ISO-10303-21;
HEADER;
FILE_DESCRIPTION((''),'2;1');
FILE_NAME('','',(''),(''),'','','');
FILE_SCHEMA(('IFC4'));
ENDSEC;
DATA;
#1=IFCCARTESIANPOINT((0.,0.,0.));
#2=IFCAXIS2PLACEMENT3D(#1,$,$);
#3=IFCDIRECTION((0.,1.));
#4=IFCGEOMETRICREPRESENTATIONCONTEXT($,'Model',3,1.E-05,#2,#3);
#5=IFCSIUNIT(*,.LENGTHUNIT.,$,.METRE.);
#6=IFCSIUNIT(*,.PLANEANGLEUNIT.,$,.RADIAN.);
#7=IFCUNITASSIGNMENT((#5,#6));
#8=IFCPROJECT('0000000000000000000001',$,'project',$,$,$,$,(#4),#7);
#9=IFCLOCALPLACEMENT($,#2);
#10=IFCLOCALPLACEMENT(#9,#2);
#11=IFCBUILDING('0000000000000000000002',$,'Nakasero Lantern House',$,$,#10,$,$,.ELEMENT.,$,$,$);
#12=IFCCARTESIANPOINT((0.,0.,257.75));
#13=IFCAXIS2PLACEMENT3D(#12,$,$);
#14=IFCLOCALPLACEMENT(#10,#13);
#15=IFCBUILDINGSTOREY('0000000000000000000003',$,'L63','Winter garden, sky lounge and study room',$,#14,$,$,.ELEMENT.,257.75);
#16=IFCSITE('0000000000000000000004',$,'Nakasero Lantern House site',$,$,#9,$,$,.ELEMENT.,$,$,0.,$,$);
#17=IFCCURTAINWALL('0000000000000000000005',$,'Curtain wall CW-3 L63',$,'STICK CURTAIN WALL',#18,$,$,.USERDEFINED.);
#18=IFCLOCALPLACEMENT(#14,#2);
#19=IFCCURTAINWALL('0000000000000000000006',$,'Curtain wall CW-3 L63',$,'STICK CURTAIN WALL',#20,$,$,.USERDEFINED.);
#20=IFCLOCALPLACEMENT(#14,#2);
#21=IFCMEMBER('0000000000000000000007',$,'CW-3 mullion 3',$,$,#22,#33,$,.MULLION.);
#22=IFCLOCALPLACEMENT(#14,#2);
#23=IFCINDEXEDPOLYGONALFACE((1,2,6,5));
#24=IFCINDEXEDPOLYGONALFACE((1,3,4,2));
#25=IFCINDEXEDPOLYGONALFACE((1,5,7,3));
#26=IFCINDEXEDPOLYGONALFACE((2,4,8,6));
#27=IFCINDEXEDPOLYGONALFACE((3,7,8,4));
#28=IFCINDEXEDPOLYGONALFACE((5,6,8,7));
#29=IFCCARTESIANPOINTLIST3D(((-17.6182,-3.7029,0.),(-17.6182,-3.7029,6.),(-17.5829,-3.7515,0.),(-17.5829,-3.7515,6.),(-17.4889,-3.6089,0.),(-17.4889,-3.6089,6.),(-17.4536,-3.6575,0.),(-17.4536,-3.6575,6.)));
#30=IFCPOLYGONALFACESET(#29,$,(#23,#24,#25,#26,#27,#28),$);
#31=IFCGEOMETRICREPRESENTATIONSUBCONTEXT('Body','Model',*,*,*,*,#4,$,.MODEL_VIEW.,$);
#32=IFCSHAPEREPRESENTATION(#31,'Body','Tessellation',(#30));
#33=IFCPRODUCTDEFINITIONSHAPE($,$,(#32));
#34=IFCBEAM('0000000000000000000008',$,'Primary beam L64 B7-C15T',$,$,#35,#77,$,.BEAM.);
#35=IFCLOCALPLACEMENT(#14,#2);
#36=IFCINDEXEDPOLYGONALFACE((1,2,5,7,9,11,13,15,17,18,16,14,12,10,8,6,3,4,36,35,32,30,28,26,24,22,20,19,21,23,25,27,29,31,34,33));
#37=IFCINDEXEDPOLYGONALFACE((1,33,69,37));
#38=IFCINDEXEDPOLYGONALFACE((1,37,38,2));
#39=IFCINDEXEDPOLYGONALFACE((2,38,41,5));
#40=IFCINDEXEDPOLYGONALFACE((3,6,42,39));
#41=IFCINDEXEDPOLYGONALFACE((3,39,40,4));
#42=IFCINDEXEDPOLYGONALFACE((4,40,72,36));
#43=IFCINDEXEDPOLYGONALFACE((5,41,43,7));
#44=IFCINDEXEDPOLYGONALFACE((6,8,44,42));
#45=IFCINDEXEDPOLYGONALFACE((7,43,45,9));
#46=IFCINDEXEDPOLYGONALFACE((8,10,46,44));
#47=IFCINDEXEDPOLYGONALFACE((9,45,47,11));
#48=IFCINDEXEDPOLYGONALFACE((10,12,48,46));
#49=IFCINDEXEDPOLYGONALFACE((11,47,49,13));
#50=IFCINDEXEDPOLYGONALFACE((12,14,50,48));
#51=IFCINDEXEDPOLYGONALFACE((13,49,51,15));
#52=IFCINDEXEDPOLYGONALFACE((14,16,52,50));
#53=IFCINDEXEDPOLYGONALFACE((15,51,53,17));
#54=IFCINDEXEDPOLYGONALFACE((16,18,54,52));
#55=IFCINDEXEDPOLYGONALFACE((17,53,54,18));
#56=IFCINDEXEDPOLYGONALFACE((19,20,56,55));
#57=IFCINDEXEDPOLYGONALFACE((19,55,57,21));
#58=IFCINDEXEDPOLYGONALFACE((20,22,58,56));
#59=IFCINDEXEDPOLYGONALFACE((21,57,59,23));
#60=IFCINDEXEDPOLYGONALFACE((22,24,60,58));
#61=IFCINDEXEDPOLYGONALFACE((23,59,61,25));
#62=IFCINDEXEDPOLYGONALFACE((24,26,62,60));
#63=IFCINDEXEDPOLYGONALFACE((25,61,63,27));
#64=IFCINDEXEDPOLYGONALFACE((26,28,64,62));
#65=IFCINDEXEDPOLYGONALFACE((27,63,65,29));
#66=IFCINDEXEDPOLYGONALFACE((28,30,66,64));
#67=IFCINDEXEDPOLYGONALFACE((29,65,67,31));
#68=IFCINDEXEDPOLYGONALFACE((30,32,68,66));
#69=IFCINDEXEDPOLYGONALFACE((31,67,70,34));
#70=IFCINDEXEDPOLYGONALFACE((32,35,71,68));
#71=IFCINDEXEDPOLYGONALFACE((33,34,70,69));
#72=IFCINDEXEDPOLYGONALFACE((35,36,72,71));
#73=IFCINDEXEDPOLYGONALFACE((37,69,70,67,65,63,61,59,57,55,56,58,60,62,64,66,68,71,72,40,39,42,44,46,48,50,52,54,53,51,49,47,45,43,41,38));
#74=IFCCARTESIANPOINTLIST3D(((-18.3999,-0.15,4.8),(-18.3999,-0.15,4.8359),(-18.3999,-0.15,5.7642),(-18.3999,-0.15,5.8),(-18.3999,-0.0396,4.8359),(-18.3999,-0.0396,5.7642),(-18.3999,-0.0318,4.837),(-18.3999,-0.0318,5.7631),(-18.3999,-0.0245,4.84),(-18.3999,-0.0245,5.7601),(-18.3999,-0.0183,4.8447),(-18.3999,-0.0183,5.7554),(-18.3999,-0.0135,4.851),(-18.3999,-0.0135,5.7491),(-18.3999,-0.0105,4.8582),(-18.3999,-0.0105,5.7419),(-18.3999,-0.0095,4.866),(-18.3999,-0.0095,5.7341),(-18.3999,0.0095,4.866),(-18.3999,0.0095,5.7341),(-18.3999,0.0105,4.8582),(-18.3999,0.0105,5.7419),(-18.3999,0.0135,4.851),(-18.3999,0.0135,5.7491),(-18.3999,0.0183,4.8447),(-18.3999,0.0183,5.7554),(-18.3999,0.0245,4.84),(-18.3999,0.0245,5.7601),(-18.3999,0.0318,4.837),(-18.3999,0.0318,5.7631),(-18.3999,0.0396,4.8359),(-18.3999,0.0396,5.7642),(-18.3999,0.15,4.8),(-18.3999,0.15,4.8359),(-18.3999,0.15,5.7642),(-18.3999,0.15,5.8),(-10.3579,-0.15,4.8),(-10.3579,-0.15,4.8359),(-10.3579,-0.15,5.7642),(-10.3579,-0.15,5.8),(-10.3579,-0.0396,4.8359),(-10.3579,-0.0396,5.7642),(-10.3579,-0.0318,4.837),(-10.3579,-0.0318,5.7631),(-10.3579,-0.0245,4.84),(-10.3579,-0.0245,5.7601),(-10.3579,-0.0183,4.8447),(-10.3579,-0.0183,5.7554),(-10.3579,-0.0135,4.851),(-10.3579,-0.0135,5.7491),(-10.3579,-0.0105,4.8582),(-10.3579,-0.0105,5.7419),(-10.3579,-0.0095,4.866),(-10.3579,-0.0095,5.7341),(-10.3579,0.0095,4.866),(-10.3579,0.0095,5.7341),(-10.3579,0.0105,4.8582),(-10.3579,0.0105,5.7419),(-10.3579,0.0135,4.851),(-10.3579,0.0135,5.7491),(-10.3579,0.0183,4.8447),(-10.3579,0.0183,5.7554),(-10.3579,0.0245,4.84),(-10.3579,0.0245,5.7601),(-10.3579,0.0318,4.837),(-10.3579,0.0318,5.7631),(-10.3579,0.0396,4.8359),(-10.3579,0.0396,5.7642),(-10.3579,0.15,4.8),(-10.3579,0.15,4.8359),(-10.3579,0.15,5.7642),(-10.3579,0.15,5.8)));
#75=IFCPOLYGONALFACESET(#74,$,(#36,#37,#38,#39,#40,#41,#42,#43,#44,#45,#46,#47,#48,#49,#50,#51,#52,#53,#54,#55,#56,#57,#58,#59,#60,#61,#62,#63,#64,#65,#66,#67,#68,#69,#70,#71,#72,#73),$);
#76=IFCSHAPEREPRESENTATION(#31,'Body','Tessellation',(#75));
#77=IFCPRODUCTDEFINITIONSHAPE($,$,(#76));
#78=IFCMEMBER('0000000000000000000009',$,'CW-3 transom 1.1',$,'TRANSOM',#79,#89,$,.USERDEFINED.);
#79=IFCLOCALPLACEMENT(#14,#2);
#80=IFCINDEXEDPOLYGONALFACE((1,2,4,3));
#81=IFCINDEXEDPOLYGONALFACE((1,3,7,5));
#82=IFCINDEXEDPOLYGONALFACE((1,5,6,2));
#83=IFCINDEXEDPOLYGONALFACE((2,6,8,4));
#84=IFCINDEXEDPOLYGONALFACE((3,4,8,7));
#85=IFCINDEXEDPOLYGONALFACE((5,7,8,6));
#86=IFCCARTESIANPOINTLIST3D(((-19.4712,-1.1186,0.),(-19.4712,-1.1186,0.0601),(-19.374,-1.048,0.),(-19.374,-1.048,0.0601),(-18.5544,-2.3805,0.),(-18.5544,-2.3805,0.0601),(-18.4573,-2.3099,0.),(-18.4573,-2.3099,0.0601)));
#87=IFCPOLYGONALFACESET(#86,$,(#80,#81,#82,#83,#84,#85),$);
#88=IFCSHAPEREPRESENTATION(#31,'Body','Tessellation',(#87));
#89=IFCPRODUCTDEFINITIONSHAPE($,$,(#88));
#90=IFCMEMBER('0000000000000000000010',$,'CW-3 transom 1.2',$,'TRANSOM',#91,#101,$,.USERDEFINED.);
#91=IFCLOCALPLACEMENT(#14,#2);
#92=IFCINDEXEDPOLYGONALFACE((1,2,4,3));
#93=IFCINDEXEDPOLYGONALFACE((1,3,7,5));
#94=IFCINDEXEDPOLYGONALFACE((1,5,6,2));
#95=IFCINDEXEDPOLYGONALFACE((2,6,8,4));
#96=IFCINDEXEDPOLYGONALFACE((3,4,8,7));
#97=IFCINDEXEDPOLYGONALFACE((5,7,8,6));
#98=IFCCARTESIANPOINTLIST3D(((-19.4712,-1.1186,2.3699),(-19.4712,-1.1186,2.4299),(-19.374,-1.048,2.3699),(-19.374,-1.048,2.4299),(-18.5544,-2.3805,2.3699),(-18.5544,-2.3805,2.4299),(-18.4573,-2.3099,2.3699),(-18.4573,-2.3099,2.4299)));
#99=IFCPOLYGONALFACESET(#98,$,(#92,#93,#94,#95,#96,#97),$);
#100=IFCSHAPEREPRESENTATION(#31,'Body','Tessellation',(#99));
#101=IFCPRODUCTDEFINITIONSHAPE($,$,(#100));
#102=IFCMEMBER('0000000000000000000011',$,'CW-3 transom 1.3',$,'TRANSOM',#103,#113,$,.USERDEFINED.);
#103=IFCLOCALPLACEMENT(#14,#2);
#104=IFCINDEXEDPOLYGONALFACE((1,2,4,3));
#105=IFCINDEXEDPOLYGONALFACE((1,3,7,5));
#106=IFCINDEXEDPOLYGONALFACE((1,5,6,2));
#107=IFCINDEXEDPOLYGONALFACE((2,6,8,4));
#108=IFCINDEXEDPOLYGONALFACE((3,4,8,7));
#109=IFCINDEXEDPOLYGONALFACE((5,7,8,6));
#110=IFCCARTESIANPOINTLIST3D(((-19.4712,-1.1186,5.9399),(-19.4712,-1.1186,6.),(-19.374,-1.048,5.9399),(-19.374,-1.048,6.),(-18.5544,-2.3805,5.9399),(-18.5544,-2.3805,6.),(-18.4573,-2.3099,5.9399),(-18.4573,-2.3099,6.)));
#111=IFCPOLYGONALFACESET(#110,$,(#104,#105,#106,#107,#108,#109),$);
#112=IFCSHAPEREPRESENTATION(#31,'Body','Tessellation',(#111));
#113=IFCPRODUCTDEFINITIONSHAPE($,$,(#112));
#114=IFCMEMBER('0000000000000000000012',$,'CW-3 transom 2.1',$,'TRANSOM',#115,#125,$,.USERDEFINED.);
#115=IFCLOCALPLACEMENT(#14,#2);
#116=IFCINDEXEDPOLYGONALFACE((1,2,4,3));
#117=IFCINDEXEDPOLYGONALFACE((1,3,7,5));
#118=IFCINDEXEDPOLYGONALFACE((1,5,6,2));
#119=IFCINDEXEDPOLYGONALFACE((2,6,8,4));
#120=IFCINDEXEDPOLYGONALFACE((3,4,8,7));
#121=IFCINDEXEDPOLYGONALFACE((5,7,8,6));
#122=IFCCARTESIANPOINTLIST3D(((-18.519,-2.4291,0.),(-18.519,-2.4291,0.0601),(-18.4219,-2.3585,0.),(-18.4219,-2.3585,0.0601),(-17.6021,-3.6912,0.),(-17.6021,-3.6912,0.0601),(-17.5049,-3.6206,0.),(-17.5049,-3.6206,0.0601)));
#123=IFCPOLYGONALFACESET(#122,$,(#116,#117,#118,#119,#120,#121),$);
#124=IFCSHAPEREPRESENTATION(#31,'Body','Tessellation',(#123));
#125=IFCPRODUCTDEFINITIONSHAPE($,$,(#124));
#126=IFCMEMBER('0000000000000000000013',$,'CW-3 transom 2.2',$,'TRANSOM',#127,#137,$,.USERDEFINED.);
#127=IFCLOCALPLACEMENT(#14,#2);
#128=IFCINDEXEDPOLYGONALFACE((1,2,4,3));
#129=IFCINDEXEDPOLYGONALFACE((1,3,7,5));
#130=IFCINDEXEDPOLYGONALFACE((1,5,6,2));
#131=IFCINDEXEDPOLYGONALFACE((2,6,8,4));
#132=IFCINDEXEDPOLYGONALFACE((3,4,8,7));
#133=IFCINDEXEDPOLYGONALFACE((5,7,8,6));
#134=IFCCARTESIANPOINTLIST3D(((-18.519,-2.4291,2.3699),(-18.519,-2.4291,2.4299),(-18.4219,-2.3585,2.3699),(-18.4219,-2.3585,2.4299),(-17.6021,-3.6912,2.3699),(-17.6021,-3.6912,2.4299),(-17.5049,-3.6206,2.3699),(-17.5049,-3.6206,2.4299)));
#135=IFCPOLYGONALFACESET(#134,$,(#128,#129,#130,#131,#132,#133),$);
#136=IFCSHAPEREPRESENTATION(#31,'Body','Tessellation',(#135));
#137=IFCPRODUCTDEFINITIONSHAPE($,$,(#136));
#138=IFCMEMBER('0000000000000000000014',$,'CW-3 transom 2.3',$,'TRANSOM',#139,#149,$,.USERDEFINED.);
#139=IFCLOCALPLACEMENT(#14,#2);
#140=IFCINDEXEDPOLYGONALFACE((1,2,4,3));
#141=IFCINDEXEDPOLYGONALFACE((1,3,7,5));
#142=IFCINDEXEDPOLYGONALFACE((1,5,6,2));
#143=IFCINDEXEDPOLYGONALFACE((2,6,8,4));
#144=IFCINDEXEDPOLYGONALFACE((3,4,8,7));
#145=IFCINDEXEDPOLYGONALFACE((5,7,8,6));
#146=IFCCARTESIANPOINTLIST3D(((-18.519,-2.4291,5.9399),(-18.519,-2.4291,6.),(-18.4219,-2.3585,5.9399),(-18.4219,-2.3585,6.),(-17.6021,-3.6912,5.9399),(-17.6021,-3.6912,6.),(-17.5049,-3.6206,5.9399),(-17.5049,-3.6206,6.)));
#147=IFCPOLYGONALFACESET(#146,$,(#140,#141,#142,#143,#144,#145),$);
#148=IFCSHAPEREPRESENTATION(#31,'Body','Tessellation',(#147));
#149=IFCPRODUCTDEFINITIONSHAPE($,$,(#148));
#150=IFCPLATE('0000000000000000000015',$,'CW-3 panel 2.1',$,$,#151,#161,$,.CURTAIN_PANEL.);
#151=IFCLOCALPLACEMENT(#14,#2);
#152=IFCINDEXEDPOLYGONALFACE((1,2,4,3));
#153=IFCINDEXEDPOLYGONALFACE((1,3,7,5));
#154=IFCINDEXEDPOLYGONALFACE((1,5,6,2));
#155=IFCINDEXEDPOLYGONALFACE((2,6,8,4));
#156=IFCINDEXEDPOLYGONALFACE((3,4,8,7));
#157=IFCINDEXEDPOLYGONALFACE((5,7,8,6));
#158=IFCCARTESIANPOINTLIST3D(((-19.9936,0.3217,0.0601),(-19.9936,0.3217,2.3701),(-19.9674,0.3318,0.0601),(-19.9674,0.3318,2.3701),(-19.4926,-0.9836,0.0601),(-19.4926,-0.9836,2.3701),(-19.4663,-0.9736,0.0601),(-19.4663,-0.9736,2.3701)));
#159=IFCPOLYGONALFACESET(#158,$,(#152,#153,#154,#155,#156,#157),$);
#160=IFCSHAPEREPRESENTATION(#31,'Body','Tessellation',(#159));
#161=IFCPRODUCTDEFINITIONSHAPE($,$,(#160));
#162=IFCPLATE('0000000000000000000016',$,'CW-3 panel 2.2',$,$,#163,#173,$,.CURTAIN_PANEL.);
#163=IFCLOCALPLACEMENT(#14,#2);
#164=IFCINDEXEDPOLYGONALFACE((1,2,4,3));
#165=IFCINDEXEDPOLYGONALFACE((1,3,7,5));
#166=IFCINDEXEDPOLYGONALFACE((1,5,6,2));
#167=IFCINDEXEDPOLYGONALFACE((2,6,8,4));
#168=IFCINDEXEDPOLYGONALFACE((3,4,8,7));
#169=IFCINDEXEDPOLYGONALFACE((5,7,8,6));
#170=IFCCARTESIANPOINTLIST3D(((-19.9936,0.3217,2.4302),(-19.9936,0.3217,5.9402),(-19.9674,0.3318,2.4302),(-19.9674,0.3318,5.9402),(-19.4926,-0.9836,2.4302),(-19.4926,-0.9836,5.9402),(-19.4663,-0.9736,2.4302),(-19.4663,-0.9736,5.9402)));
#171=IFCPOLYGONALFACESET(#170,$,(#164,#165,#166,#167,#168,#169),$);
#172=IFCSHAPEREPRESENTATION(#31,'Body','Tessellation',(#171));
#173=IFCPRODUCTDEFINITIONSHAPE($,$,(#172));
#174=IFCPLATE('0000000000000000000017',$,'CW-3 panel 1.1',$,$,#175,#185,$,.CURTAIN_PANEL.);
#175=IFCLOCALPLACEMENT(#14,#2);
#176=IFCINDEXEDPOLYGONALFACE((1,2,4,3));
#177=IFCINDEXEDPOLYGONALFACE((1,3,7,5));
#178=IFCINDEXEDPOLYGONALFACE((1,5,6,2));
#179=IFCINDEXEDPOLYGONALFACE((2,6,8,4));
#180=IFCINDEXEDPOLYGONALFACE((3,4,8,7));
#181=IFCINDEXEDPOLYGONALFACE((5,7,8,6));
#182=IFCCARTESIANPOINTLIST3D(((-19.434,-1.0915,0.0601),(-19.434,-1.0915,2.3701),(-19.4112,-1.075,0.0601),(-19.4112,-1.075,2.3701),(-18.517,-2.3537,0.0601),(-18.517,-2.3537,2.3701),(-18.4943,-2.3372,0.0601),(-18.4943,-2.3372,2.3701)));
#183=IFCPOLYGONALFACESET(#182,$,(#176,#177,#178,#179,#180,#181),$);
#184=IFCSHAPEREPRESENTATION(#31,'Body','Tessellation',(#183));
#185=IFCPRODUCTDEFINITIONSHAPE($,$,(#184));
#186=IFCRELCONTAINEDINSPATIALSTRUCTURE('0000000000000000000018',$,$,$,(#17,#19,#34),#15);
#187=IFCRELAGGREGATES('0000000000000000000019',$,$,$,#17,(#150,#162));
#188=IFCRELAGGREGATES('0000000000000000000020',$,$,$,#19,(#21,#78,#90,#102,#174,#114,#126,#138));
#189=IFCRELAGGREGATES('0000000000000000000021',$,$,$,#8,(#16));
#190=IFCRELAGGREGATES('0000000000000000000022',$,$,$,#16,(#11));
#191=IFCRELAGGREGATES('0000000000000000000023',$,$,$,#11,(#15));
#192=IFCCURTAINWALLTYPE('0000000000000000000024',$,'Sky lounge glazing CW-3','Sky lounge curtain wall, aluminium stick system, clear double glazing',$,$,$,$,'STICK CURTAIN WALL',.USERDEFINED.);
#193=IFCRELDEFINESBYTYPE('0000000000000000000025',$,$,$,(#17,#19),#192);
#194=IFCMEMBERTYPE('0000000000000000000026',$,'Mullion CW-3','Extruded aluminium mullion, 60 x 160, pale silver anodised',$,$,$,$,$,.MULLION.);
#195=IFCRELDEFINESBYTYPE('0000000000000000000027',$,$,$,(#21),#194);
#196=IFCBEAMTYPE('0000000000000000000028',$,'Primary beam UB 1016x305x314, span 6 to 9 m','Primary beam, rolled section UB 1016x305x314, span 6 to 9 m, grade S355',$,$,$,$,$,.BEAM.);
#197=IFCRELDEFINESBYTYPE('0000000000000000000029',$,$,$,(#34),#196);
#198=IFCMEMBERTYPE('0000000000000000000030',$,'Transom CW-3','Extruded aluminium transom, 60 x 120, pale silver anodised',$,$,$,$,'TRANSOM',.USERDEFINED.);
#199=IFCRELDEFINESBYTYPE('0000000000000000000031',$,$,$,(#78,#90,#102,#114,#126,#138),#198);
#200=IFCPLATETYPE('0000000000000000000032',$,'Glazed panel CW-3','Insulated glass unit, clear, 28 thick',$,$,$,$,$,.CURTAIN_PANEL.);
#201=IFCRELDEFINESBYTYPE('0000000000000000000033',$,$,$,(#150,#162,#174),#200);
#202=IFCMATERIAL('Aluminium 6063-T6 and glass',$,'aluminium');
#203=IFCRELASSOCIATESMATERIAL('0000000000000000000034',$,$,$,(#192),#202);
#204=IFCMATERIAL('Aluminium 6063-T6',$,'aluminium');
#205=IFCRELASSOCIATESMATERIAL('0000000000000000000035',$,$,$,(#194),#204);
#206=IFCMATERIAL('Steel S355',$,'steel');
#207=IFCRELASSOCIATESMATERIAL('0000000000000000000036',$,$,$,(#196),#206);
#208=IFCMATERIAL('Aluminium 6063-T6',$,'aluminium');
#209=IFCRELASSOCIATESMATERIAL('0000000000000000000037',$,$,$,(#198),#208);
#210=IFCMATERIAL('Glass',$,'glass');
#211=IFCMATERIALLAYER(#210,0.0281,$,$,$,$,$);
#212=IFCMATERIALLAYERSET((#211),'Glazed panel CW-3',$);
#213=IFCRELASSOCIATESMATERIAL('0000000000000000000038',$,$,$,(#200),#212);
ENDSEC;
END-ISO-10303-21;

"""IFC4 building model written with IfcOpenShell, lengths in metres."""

from ifc_helpers import new_model, si_unit, direction, frame, origin, origin_2d, place, context, subcontext, project, spatial, rectangle, i_section, extrude, material, layer, layer_set, material_profile, profile_set, type_object, element, aggregate, save


model = new_model("IFC4")

# Units and contexts
model_context = context("Model", 3, precision=1e-05, world=origin(), true_north=direction((0.0, 1.0)))
body_context = subcontext(model_context, "Body", "Model", "MODEL_VIEW")
ifc_project = project(units=[si_unit("LENGTHUNIT", "METRE"), si_unit("PLANEANGLEUNIT", "RADIAN")], contexts=[model_context])

# Site, building, storey
site_placement = place(None, origin())
site = spatial("IfcSite", under=ifc_project, at=site_placement, Name="Nakasero Lantern House site", CompositionType="ELEMENT", RefElevation=0.0)
building_placement = place(site_placement, origin())
building = spatial("IfcBuilding", under=site, at=building_placement, Name="Nakasero Lantern House", CompositionType="ELEMENT")
storey_placement = place(building_placement, frame((0.0, 0.0, 257.75)))
storey = spatial("IfcBuildingStorey", under=building, at=storey_placement, Name="L63", Description="Winter garden, sky lounge and study room", CompositionType="ELEMENT", Elevation=257.75)

# Curtain wall
ifc_material_1 = material(Name="Aluminium 6063-T6 and glass", Category="aluminium")
curtain_wall_type = type_object("IfcCurtainWallType", Name="Sky lounge glazing CW-3", Description="Sky lounge curtain wall, aluminium stick system, clear double glazing", ElementType="STICK CURTAIN WALL", PredefinedType="USERDEFINED", material=ifc_material_1)
curtain_wall_1_placement = place(storey_placement, origin())
curtain_wall_1 = element("IfcCurtainWall", 1, at=curtain_wall_1_placement, inside=storey, type_object=curtain_wall_type, Name="Curtain wall CW-3 L63", ObjectType="STICK CURTAIN WALL", PredefinedType="USERDEFINED")
ifc_material_2 = material(Name="Aluminium 6063-T6", Category="aluminium")
ifc_material_profile_1 = material_profile(ifc_material_2, rectangle(XDim=0.0601, YDim=0.1599, at=origin_2d()), Name="CW-3 mullion 60x160")
ifc_profile_set_1 = profile_set([ifc_material_profile_1], Name="Aluminium 6063-T6")
member_type_1 = type_object("IfcMemberType", Name="Mullion CW-3", Description="Extruded aluminium mullion, 60 x 160, pale silver anodised", PredefinedType="MULLION", material=ifc_profile_set_1)

# Curtain wall, member
curtain_wall_2_placement = place(storey_placement, origin())
curtain_wall_2 = element("IfcCurtainWall", 2, at=curtain_wall_2_placement, inside=storey, type_object=curtain_wall_type, Name="Curtain wall CW-3 L63", ObjectType="STICK CURTAIN WALL", PredefinedType="USERDEFINED")
member_1_placement = place(storey_placement, frame((-17.5359, -3.6802, 0.0), z_axis=(0.0, 0.0, 1.0), x_axis=(0.587785, -0.809017, 0.0)))
member_1 = element("IfcMember", 3, at=member_1_placement, type_object=member_type_1, Name="CW-3 mullion 3", PredefinedType="MULLION", context=body_context, shape_type="SweptSolid", body=[
    extrude(rectangle(XDim=0.0601, YDim=0.1599, at=origin_2d()), origin(), (0.0, 0.0, 1.0), 6.0),
])

# Beam
ifc_material_3 = material(Name="Steel S355", Category="steel")
ifc_material_profile_2 = material_profile(ifc_material_3, i_section(OverallWidth=0.3, OverallDepth=1.0, WebThickness=0.019, FlangeThickness=0.0359, FilletRadius=0.03, at=origin_2d()), Name="UB 1016x305x314")
ifc_profile_set_2 = profile_set([ifc_material_profile_2], Name="Steel S355")
beam_type_1 = type_object("IfcBeamType", Name="Primary beam UB 1016x305x314, span 6 to 9 m", Description="Primary beam, rolled section UB 1016x305x314, span 6 to 9 m, grade S355", PredefinedType="BEAM", material=ifc_profile_set_2)
beam_1_placement = place(storey_placement, frame((-18.3999, 0.0, 5.3), z_axis=(1.0, 0.0, 0.0), x_axis=(0.0, 1.0, 0.0)))
element("IfcBeam", 4, at=beam_1_placement, inside=storey, type_object=beam_type_1, Name="Primary beam L64 B7-C15T", PredefinedType="BEAM", context=body_context, shape_type="SweptSolid", body=[
    extrude(i_section(OverallWidth=0.3, OverallDepth=1.0, WebThickness=0.019, FlangeThickness=0.0359, FilletRadius=0.03, at=origin_2d()), origin(), (0.0, 0.0, 1.0), 8.042),
])

# Members
ifc_material_4 = material(Name="Aluminium 6063-T6", Category="aluminium")
ifc_material_profile_3 = material_profile(ifc_material_4, rectangle(XDim=0.0601, YDim=0.1201, at=origin_2d()), Name="CW-3 transom 60x120")
ifc_profile_set_3 = profile_set([ifc_material_profile_3], Name="Aluminium 6063-T6")
member_type_2 = type_object("IfcMemberType", Name="Transom CW-3", Description="Extruded aluminium transom, 60 x 120, pale silver anodised", ElementType="TRANSOM", PredefinedType="USERDEFINED", material=ifc_profile_set_3)
member_2_placement = place(storey_placement, frame((-19.4226, -1.0833, 0.03), z_axis=(0.587734, -0.809054, 0.0), x_axis=(0.0, 0.0, 1.0)))
member_2 = element("IfcMember", 5, at=member_2_placement, type_object=member_type_2, Name="CW-3 transom 1.1", ObjectType="TRANSOM", PredefinedType="USERDEFINED", context=body_context, shape_type="SweptSolid", body=[
    extrude(rectangle(XDim=0.0601, YDim=0.1201, at=origin_2d()), origin(), (0.0, 0.0, 1.0), 1.5598),
])
member_3_placement = place(storey_placement, frame((-19.4226, -1.0833, 2.3999), z_axis=(0.587734, -0.809054, 0.0), x_axis=(0.0, 0.0, 1.0)))
member_3 = element("IfcMember", 6, at=member_3_placement, type_object=member_type_2, Name="CW-3 transom 1.2", ObjectType="TRANSOM", PredefinedType="USERDEFINED", context=body_context, shape_type="SweptSolid", body=[
    extrude(rectangle(XDim=0.0601, YDim=0.1201, at=origin_2d()), origin(), (0.0, 0.0, 1.0), 1.5598),
])
member_4_placement = place(storey_placement, frame((-19.4226, -1.0833, 5.97), z_axis=(0.587734, -0.809054, 0.0), x_axis=(0.0, 0.0, 1.0)))
member_4 = element("IfcMember", 7, at=member_4_placement, type_object=member_type_2, Name="CW-3 transom 1.3", ObjectType="TRANSOM", PredefinedType="USERDEFINED", context=body_context, shape_type="SweptSolid", body=[
    extrude(rectangle(XDim=0.0601, YDim=0.1201, at=origin_2d()), origin(), (0.0, 0.0, 1.0), 1.5598),
])
member_5_placement = place(storey_placement, frame((-18.4705, -2.3938, 0.03), z_axis=(0.587762, -0.809034, 0.0), x_axis=(0.0, 0.0, 1.0)))
member_5 = element("IfcMember", 8, at=member_5_placement, type_object=member_type_2, Name="CW-3 transom 2.1", ObjectType="TRANSOM", PredefinedType="USERDEFINED", context=body_context, shape_type="SweptSolid", body=[
    extrude(rectangle(XDim=0.0601, YDim=0.1201, at=origin_2d()), origin(), (0.0, 0.0, 1.0), 1.5601),
])
member_6_placement = place(storey_placement, frame((-18.4705, -2.3938, 2.3999), z_axis=(0.587762, -0.809034, 0.0), x_axis=(0.0, 0.0, 1.0)))
member_6 = element("IfcMember", 9, at=member_6_placement, type_object=member_type_2, Name="CW-3 transom 2.2", ObjectType="TRANSOM", PredefinedType="USERDEFINED", context=body_context, shape_type="SweptSolid", body=[
    extrude(rectangle(XDim=0.0601, YDim=0.1201, at=origin_2d()), origin(), (0.0, 0.0, 1.0), 1.5601),
])
member_7_placement = place(storey_placement, frame((-18.4705, -2.3938, 5.97), z_axis=(0.587762, -0.809034, 0.0), x_axis=(0.0, 0.0, 1.0)))
member_7 = element("IfcMember", 10, at=member_7_placement, type_object=member_type_2, Name="CW-3 transom 2.3", ObjectType="TRANSOM", PredefinedType="USERDEFINED", context=body_context, shape_type="SweptSolid", body=[
    extrude(rectangle(XDim=0.0601, YDim=0.1201, at=origin_2d()), origin(), (0.0, 0.0, 1.0), 1.5601),
])

# Plates
ifc_material_5 = material(Name="Glass", Category="glass")
ifc_layer_1 = layer(ifc_material_5, 0.0281)
ifc_layer_set_1 = layer_set([ifc_layer_1], Name="Glazed panel CW-3")
plate_type_1 = type_object("IfcPlateType", Name="Glazed panel CW-3", Description="Insulated glass unit, clear, 28 thick", PredefinedType="CURTAIN_PANEL", material=ifc_layer_set_1)
plate_1_placement = place(storey_placement, frame((-19.73, -0.3259, 0.0601), z_axis=(0.0, 0.0, 1.0), x_axis=(0.358368, -0.93358, 0.0)))
plate_1 = element("IfcPlate", 11, at=plate_1_placement, type_object=plate_type_1, Name="CW-3 panel 2.1", PredefinedType="CURTAIN_PANEL", context=body_context, shape_type="SweptSolid", body=[
    extrude(rectangle(XDim=1.3982, YDim=0.0281, at=origin_2d()), origin(), (0.0, 0.0, 1.0), 2.3101),
])
plate_2_placement = place(storey_placement, frame((-19.73, -0.3259, 2.4302), z_axis=(0.0, 0.0, 1.0), x_axis=(0.358368, -0.93358, 0.0)))
plate_2 = element("IfcPlate", 12, at=plate_2_placement, type_object=plate_type_1, Name="CW-3 panel 2.2", PredefinedType="CURTAIN_PANEL", context=body_context, shape_type="SweptSolid", body=[
    extrude(rectangle(XDim=1.3982, YDim=0.0281, at=origin_2d()), origin(), (0.0, 0.0, 1.0), 3.51),
])
aggregate(curtain_wall_1, [plate_1, plate_2])
plate_3_placement = place(storey_placement, frame((-18.9641, -1.7144, 0.0601), z_axis=(0.0, 0.0, 1.0), x_axis=(0.587785, -0.809017, 0.0)))
plate_3 = element("IfcPlate", 13, at=plate_3_placement, type_object=plate_type_1, Name="CW-3 panel 1.1", PredefinedType="CURTAIN_PANEL", context=body_context, shape_type="SweptSolid", body=[
    extrude(rectangle(XDim=1.5601, YDim=0.0281, at=origin_2d()), origin(), (0.0, 0.0, 1.0), 2.3101),
])
aggregate(curtain_wall_2, [member_1, member_2, member_3, member_4, plate_3, member_5, member_6, member_7])

save(model, "model.ifc")
